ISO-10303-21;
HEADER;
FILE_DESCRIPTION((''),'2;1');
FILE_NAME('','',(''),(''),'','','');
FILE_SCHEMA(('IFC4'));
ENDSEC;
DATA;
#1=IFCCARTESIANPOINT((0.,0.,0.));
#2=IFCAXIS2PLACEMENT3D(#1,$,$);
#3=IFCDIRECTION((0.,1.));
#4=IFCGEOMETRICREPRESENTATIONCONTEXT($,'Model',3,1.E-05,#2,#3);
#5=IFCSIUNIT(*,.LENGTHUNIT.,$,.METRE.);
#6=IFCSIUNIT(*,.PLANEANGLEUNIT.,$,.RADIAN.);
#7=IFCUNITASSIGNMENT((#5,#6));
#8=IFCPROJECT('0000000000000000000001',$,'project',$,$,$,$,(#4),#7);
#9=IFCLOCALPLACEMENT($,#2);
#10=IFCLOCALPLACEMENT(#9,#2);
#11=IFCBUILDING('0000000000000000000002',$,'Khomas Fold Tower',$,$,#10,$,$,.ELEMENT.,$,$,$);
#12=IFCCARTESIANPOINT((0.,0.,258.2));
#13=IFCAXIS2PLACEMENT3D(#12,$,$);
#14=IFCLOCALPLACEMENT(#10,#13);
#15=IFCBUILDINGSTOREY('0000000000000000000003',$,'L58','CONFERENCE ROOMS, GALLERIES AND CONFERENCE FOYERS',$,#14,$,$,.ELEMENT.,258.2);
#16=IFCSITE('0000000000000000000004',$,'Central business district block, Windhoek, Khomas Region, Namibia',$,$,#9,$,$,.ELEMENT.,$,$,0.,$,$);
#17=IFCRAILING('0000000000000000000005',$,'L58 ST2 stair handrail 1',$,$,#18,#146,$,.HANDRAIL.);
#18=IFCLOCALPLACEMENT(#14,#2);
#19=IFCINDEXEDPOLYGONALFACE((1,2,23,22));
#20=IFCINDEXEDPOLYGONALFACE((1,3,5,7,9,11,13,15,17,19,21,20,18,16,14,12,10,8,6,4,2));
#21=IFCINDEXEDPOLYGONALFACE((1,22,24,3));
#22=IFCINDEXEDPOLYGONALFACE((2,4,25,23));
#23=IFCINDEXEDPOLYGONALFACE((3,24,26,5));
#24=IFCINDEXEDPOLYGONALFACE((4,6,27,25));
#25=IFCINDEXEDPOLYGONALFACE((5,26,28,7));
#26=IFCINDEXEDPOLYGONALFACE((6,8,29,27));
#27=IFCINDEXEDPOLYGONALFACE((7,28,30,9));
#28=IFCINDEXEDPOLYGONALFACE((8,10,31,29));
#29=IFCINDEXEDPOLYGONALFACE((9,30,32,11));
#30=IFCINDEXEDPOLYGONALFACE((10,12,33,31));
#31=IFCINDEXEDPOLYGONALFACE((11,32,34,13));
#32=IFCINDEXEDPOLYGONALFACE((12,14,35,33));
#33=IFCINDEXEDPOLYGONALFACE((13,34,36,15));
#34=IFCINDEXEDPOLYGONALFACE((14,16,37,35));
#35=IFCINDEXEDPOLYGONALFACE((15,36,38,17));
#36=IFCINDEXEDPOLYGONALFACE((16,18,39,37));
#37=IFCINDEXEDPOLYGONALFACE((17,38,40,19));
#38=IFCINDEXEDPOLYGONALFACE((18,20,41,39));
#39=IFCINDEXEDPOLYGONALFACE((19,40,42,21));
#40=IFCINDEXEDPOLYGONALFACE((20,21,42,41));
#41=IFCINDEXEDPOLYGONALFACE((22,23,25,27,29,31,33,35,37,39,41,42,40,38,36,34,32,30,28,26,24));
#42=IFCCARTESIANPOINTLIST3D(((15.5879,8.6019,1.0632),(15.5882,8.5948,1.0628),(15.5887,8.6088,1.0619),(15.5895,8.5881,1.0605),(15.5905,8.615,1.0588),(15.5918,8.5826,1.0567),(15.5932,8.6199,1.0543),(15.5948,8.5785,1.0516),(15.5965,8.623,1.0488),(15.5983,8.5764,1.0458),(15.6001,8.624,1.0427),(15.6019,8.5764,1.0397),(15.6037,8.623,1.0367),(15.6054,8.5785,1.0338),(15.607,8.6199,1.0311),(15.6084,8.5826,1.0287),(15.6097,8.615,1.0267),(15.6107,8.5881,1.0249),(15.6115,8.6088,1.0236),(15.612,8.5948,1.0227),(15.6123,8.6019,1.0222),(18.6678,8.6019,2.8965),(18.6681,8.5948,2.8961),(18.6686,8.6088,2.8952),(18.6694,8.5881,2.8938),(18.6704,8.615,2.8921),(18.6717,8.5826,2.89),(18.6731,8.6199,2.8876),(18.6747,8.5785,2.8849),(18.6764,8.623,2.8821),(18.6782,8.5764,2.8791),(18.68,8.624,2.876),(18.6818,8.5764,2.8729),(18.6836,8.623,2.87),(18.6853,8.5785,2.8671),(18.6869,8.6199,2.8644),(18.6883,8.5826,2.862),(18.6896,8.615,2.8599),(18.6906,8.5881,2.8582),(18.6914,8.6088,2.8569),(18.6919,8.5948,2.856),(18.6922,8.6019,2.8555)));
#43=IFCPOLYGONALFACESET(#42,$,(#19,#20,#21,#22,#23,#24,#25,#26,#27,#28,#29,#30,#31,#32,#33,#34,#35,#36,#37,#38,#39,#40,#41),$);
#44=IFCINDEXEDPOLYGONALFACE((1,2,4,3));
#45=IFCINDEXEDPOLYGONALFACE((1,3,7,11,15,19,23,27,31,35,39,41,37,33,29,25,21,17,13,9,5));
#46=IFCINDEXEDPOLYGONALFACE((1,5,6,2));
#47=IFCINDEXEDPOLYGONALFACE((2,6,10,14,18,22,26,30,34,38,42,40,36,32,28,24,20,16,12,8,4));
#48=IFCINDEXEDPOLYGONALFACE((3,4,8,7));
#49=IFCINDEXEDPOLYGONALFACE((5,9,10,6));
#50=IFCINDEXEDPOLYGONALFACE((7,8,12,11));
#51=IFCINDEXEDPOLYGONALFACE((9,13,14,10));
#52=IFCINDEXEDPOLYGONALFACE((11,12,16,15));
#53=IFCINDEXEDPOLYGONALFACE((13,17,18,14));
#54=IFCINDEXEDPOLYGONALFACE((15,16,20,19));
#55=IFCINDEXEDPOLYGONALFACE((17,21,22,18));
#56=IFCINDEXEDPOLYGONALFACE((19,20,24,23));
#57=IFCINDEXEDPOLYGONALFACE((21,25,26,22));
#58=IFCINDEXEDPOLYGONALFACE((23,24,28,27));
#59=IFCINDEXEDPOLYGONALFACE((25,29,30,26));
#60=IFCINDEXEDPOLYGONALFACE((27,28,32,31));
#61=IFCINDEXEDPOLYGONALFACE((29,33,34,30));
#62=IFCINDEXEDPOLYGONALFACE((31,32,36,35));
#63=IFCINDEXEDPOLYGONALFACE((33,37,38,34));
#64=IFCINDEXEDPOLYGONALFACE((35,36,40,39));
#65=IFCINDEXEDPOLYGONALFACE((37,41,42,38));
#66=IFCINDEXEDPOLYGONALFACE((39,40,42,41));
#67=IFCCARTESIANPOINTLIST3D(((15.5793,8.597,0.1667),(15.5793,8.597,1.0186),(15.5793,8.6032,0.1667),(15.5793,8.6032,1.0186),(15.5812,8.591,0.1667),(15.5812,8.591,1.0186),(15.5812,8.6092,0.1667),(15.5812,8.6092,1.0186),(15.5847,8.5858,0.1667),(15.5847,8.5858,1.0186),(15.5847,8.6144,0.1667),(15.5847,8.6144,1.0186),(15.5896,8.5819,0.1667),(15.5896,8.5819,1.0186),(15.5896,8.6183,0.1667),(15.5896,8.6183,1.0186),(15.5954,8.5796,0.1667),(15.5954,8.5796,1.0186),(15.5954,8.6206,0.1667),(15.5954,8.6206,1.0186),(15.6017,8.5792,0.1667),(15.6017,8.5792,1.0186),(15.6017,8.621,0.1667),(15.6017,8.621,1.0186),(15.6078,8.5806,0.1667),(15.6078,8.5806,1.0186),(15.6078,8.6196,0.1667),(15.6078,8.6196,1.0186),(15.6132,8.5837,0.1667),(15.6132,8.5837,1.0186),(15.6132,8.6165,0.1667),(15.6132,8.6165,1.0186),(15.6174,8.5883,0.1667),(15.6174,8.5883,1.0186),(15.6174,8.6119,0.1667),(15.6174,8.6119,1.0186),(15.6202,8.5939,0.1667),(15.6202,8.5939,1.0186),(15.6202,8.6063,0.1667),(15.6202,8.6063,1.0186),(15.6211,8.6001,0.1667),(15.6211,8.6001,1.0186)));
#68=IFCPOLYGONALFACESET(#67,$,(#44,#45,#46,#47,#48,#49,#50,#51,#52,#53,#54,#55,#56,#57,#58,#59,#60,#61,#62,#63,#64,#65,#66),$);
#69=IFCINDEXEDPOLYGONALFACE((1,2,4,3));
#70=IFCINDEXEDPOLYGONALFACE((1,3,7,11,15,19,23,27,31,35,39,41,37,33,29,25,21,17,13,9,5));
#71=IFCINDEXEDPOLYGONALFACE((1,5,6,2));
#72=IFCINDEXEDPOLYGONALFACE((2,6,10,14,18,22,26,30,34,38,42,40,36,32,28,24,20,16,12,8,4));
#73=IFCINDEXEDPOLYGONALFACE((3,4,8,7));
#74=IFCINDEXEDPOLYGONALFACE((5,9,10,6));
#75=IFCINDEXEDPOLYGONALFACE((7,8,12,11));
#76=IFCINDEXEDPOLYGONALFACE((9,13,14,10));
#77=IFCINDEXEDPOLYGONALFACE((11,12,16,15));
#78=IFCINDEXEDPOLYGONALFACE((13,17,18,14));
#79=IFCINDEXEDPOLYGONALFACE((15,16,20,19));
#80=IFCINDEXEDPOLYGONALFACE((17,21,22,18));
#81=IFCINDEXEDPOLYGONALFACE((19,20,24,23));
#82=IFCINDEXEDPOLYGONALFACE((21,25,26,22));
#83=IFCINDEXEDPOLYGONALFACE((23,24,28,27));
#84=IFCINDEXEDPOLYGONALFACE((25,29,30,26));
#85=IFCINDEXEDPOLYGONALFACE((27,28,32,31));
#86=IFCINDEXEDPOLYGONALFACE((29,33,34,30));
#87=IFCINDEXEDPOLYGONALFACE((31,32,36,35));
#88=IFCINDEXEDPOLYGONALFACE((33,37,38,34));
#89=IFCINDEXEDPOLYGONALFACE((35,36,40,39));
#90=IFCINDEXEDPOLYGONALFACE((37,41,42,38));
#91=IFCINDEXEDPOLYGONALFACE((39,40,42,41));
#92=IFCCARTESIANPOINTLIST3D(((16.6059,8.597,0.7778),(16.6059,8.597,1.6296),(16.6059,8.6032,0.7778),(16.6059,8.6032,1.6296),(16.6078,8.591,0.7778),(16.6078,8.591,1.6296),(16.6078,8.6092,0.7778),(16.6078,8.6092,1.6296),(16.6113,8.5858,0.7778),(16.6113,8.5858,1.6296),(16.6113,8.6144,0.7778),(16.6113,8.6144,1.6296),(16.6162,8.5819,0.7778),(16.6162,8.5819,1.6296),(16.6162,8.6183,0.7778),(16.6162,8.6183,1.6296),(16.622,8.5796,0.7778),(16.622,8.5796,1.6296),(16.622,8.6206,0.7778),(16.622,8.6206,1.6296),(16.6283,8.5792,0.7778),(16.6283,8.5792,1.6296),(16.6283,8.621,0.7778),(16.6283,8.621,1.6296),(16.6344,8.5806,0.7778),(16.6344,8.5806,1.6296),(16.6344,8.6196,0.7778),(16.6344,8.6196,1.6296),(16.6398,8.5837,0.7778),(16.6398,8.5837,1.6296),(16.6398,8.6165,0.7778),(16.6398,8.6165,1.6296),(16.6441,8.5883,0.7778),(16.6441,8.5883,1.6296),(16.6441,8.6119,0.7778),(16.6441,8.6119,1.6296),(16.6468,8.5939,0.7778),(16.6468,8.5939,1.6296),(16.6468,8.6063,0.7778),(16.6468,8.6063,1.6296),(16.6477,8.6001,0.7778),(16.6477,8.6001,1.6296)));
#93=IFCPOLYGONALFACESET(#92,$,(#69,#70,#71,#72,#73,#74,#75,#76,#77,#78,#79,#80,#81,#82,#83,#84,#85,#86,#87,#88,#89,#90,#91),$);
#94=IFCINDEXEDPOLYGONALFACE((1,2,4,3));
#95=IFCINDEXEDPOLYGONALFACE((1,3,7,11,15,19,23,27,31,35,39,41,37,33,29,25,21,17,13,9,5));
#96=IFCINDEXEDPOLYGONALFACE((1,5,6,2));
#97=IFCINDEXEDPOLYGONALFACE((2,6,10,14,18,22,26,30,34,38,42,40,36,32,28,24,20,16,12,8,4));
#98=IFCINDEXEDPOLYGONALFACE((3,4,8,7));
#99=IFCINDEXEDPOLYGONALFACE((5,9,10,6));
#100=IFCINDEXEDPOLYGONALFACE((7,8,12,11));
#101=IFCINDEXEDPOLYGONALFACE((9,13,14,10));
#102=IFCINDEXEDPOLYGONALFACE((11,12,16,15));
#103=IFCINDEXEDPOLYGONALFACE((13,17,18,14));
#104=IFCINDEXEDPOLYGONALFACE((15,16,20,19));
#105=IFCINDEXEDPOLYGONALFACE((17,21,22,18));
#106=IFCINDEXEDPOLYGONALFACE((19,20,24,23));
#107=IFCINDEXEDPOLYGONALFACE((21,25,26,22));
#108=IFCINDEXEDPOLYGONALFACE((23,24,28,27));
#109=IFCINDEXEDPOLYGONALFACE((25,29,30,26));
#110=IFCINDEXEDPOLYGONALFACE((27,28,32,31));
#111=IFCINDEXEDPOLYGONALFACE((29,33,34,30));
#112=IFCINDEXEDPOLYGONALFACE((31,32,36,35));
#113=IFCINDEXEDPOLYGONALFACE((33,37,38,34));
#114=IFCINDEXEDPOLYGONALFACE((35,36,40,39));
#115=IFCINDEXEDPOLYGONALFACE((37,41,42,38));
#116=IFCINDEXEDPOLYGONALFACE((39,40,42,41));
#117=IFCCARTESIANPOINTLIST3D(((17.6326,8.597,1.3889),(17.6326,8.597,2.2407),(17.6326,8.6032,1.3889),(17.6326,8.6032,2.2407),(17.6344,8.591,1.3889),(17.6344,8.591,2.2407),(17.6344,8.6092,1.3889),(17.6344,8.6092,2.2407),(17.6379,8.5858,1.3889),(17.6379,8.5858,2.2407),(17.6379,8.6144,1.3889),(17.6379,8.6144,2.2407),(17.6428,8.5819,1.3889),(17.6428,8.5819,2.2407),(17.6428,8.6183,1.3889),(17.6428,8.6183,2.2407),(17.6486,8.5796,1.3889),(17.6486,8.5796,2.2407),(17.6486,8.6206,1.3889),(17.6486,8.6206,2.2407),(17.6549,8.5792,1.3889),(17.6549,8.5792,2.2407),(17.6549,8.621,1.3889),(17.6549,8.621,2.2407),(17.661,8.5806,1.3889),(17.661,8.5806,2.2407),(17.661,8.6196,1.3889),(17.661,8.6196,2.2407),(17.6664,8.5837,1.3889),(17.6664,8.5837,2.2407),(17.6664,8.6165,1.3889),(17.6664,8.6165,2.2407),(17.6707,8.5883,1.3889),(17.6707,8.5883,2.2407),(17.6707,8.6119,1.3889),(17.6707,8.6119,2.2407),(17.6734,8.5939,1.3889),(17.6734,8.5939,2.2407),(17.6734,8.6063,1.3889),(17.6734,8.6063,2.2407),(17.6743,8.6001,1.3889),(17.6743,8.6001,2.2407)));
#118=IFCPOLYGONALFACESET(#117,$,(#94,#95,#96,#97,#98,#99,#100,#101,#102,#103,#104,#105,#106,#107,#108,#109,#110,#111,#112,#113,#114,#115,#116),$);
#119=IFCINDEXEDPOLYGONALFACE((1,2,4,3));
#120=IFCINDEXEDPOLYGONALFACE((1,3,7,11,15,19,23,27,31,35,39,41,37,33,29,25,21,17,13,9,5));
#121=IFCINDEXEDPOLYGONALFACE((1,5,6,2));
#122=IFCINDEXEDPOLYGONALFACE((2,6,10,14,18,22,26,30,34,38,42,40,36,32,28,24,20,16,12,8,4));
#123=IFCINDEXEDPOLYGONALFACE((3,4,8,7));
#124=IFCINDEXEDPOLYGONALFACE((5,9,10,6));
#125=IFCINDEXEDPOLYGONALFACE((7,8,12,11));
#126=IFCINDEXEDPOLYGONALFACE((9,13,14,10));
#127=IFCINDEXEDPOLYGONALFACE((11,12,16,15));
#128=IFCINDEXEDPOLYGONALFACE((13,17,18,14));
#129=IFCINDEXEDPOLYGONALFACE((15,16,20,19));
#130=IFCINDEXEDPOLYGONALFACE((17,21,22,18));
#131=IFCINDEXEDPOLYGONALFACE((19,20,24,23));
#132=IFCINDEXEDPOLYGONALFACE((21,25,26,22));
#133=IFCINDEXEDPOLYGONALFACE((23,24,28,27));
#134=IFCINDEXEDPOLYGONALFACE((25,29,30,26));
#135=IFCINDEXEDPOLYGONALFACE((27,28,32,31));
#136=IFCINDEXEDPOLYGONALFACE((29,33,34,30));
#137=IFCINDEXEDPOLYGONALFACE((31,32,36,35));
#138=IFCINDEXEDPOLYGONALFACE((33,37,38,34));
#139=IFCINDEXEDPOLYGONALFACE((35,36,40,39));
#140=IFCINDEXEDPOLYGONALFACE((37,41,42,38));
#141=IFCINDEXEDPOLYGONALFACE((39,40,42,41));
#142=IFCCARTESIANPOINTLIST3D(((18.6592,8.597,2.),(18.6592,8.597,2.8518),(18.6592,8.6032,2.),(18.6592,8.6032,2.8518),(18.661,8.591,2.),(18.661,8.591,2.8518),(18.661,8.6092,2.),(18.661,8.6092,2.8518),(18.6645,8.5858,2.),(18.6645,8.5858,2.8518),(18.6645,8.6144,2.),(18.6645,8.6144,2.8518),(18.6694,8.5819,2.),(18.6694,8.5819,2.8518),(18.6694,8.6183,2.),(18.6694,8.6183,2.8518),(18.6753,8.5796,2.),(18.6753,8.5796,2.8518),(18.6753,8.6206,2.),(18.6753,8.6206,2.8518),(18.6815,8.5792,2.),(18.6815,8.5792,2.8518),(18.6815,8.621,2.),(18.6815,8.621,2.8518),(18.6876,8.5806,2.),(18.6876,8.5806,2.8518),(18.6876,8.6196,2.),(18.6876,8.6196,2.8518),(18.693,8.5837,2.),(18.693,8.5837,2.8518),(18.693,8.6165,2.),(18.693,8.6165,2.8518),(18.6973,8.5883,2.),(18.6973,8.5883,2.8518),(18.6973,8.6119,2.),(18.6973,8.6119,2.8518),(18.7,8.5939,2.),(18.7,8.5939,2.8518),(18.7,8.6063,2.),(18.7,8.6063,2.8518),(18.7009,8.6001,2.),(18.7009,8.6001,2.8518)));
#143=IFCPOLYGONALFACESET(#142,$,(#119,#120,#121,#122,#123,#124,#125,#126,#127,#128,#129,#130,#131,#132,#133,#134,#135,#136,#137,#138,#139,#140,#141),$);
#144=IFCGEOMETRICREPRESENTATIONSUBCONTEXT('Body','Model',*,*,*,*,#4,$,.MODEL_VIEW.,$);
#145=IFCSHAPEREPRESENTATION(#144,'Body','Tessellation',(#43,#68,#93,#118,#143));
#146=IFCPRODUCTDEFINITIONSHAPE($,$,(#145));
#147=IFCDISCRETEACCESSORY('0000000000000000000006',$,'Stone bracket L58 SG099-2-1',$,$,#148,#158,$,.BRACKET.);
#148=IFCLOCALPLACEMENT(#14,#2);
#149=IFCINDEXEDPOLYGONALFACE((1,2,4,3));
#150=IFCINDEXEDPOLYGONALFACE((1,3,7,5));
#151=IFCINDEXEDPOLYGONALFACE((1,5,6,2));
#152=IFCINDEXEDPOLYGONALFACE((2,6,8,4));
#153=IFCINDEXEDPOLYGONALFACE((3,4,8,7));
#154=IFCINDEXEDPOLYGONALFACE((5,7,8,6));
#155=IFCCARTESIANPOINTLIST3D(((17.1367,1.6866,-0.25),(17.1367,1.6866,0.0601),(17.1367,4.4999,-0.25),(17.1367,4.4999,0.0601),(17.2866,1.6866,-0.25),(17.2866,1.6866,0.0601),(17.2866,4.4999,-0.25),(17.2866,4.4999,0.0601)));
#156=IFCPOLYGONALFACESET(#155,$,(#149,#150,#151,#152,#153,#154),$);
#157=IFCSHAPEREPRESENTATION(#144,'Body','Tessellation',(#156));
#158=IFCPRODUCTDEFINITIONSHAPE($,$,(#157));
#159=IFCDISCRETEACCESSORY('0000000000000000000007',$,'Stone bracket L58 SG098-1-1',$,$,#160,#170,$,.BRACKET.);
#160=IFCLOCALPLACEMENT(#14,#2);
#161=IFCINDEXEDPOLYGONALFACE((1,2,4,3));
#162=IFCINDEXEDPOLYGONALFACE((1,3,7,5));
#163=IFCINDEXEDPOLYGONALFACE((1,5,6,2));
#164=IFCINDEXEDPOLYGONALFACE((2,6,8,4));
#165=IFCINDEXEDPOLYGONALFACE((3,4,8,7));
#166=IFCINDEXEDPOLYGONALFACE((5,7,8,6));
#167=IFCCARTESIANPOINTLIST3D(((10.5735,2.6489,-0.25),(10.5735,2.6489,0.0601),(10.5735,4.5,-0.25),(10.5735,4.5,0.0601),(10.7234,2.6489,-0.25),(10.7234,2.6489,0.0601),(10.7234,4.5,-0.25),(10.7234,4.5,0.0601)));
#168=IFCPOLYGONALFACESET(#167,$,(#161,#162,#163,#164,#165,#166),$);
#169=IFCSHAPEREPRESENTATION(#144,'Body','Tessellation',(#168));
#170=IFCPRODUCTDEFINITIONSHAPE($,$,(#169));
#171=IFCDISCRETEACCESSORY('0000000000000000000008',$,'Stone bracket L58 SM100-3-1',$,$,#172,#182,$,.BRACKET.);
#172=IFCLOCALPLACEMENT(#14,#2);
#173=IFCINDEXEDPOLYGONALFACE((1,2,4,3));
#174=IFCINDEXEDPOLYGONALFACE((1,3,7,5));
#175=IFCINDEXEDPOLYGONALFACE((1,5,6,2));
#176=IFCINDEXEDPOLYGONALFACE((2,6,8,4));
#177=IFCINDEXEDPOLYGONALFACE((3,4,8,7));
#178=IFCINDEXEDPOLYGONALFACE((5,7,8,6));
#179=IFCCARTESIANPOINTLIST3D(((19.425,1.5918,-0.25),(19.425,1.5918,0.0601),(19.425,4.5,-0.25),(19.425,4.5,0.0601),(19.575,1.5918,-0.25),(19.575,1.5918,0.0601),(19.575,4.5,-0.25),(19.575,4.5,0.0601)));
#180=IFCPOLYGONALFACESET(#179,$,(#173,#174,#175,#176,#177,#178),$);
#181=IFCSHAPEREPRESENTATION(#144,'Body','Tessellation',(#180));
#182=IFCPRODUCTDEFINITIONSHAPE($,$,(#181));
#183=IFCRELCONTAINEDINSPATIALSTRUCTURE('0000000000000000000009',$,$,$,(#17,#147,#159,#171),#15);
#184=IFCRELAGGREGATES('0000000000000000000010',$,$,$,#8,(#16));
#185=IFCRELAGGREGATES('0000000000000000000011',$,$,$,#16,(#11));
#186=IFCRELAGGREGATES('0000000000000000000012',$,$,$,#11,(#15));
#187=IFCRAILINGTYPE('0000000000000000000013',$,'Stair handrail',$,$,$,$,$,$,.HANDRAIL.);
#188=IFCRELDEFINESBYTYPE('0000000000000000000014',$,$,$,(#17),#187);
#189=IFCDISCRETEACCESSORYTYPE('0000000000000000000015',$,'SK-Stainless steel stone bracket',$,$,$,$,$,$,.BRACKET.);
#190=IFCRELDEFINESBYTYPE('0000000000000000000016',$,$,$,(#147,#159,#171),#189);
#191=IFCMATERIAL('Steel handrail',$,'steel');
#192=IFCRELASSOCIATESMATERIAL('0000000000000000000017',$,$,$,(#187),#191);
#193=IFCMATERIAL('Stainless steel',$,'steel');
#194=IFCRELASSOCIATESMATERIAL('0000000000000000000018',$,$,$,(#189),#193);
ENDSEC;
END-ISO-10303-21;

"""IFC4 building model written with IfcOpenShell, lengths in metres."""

from ifc_helpers import new_model, si_unit, direction, frame, origin, origin_2d, place, context, subcontext, project, spatial, rectangle, circle, extrude, source, transform, mapped, material, type_object, element, save


model = new_model("IFC4")

# Units and contexts
model_context = context("Model", 3, precision=1e-05, world=origin(), true_north=direction((0.0, 1.0)))
body_context = subcontext(model_context, "Body", "Model", "MODEL_VIEW")
ifc_project = project(units=[si_unit("LENGTHUNIT", "METRE"), si_unit("PLANEANGLEUNIT", "RADIAN")], contexts=[model_context])

# Site, building, storey
site_placement = place(None, origin())
site = spatial("IfcSite", under=ifc_project, at=site_placement, Name="Central business district block, Windhoek, Khomas Region, Namibia", CompositionType="ELEMENT", RefElevation=0.0)
building_placement = place(site_placement, origin())
building = spatial("IfcBuilding", under=site, at=building_placement, Name="Khomas Fold Tower", CompositionType="ELEMENT")
storey_placement = place(building_placement, frame((0.0, 0.0, 258.2)))
storey = spatial("IfcBuildingStorey", under=building, at=storey_placement, Name="L58", Description="CONFERENCE ROOMS, GALLERIES AND CONFERENCE FOYERS", CompositionType="ELEMENT", Elevation=258.2)

# Railing
ifc_material_1 = material(Name="Steel handrail", Category="steel")
railing_type_1 = type_object("IfcRailingType", Name="Stair handrail", PredefinedType="HANDRAIL", material=ifc_material_1)
shared_shape_1 = source(origin(), body_context, "Body", "SweptSolid", [
    extrude(circle(Radius=0.0239, at=origin_2d()), frame((0.0, 0.0, 0.876), z_axis=(0.859291, 0.0, 0.511487), x_axis=(0.0, 1.0, 0.0)), (0.0, 0.0, 1.0), 3.5842),
    extrude(circle(Radius=0.021, at=origin_2d()), origin(), (0.0, 0.0, 1.0), 0.8518),
    extrude(circle(Radius=0.021, at=origin_2d()), frame((1.0266, 0.0, 0.6111)), (0.0, 0.0, 1.0), 0.8518),
    extrude(circle(Radius=0.021, at=origin_2d()), frame((2.0532, 0.0, 1.2222)), (0.0, 0.0, 1.0), 0.8518),
    extrude(circle(Radius=0.021, at=origin_2d()), frame((3.0798, 0.0, 1.8333)), (0.0, 0.0, 1.0), 0.8518),
])
railing_1_placement = place(storey_placement, frame((15.6001, 8.6001, 0.1667)))
element("IfcRailing", 1, at=railing_1_placement, inside=storey, type_object=railing_type_1, Name="L58 ST2 stair handrail 1", PredefinedType="HANDRAIL", context=body_context, shape_type="MappedRepresentation", body=[
    mapped(shared_shape_1, transform((0.0, 0.0, 0.0))),
])

# Discrete accessories
ifc_material_2 = material(Name="Stainless steel", Category="steel")
discrete_accessory_type = type_object("IfcDiscreteAccessoryType", Name="SK-Stainless steel stone bracket", PredefinedType="BRACKET", material=ifc_material_2)
shared_shape_2 = source(origin(), body_context, "Body", "SweptSolid", [
    extrude(rectangle(XDim=2.8132, YDim=0.1499, at=origin_2d()), origin(), (0.0, 0.0, 1.0), 0.3101),
])
discrete_accessory_1_placement = place(storey_placement, frame((17.2117, 3.0933, -0.25), z_axis=(0.0, 0.0, 1.0), x_axis=(0.0, -1.0, 0.0)))
element("IfcDiscreteAccessory", 2, at=discrete_accessory_1_placement, inside=storey, type_object=discrete_accessory_type, Name="Stone bracket L58 SG099-2-1", PredefinedType="BRACKET", context=body_context, shape_type="MappedRepresentation", body=[
    mapped(shared_shape_2, transform((0.0, 0.0, 0.0))),
])
shared_shape_3 = source(origin(), body_context, "Body", "SweptSolid", [
    extrude(rectangle(XDim=1.8511, YDim=0.1499, at=origin_2d()), origin(), (0.0, 0.0, 1.0), 0.3101),
])
discrete_accessory_2_placement = place(storey_placement, frame((10.6484, 3.5745, -0.25), z_axis=(0.0, 0.0, 1.0), x_axis=(0.0, -1.0, 0.0)))
element("IfcDiscreteAccessory", 3, at=discrete_accessory_2_placement, inside=storey, type_object=discrete_accessory_type, Name="Stone bracket L58 SG098-1-1", PredefinedType="BRACKET", context=body_context, shape_type="MappedRepresentation", body=[
    mapped(shared_shape_3, transform((0.0, 0.0, 0.0))),
])
shared_shape_4 = source(origin(), body_context, "Body", "SweptSolid", [
    extrude(rectangle(XDim=2.9082, YDim=0.1499, at=origin_2d()), origin(), (0.0, 0.0, 1.0), 0.3101),
])
discrete_accessory_3_placement = place(storey_placement, frame((19.5, 3.0459, -0.25), z_axis=(0.0, 0.0, 1.0), x_axis=(0.0, -1.0, 0.0)))
element("IfcDiscreteAccessory", 4, at=discrete_accessory_3_placement, inside=storey, type_object=discrete_accessory_type, Name="Stone bracket L58 SM100-3-1", PredefinedType="BRACKET", context=body_context, shape_type="MappedRepresentation", body=[
    mapped(shared_shape_4, transform((0.0, 0.0, 0.0))),
])

save(model, "model.ifc")
